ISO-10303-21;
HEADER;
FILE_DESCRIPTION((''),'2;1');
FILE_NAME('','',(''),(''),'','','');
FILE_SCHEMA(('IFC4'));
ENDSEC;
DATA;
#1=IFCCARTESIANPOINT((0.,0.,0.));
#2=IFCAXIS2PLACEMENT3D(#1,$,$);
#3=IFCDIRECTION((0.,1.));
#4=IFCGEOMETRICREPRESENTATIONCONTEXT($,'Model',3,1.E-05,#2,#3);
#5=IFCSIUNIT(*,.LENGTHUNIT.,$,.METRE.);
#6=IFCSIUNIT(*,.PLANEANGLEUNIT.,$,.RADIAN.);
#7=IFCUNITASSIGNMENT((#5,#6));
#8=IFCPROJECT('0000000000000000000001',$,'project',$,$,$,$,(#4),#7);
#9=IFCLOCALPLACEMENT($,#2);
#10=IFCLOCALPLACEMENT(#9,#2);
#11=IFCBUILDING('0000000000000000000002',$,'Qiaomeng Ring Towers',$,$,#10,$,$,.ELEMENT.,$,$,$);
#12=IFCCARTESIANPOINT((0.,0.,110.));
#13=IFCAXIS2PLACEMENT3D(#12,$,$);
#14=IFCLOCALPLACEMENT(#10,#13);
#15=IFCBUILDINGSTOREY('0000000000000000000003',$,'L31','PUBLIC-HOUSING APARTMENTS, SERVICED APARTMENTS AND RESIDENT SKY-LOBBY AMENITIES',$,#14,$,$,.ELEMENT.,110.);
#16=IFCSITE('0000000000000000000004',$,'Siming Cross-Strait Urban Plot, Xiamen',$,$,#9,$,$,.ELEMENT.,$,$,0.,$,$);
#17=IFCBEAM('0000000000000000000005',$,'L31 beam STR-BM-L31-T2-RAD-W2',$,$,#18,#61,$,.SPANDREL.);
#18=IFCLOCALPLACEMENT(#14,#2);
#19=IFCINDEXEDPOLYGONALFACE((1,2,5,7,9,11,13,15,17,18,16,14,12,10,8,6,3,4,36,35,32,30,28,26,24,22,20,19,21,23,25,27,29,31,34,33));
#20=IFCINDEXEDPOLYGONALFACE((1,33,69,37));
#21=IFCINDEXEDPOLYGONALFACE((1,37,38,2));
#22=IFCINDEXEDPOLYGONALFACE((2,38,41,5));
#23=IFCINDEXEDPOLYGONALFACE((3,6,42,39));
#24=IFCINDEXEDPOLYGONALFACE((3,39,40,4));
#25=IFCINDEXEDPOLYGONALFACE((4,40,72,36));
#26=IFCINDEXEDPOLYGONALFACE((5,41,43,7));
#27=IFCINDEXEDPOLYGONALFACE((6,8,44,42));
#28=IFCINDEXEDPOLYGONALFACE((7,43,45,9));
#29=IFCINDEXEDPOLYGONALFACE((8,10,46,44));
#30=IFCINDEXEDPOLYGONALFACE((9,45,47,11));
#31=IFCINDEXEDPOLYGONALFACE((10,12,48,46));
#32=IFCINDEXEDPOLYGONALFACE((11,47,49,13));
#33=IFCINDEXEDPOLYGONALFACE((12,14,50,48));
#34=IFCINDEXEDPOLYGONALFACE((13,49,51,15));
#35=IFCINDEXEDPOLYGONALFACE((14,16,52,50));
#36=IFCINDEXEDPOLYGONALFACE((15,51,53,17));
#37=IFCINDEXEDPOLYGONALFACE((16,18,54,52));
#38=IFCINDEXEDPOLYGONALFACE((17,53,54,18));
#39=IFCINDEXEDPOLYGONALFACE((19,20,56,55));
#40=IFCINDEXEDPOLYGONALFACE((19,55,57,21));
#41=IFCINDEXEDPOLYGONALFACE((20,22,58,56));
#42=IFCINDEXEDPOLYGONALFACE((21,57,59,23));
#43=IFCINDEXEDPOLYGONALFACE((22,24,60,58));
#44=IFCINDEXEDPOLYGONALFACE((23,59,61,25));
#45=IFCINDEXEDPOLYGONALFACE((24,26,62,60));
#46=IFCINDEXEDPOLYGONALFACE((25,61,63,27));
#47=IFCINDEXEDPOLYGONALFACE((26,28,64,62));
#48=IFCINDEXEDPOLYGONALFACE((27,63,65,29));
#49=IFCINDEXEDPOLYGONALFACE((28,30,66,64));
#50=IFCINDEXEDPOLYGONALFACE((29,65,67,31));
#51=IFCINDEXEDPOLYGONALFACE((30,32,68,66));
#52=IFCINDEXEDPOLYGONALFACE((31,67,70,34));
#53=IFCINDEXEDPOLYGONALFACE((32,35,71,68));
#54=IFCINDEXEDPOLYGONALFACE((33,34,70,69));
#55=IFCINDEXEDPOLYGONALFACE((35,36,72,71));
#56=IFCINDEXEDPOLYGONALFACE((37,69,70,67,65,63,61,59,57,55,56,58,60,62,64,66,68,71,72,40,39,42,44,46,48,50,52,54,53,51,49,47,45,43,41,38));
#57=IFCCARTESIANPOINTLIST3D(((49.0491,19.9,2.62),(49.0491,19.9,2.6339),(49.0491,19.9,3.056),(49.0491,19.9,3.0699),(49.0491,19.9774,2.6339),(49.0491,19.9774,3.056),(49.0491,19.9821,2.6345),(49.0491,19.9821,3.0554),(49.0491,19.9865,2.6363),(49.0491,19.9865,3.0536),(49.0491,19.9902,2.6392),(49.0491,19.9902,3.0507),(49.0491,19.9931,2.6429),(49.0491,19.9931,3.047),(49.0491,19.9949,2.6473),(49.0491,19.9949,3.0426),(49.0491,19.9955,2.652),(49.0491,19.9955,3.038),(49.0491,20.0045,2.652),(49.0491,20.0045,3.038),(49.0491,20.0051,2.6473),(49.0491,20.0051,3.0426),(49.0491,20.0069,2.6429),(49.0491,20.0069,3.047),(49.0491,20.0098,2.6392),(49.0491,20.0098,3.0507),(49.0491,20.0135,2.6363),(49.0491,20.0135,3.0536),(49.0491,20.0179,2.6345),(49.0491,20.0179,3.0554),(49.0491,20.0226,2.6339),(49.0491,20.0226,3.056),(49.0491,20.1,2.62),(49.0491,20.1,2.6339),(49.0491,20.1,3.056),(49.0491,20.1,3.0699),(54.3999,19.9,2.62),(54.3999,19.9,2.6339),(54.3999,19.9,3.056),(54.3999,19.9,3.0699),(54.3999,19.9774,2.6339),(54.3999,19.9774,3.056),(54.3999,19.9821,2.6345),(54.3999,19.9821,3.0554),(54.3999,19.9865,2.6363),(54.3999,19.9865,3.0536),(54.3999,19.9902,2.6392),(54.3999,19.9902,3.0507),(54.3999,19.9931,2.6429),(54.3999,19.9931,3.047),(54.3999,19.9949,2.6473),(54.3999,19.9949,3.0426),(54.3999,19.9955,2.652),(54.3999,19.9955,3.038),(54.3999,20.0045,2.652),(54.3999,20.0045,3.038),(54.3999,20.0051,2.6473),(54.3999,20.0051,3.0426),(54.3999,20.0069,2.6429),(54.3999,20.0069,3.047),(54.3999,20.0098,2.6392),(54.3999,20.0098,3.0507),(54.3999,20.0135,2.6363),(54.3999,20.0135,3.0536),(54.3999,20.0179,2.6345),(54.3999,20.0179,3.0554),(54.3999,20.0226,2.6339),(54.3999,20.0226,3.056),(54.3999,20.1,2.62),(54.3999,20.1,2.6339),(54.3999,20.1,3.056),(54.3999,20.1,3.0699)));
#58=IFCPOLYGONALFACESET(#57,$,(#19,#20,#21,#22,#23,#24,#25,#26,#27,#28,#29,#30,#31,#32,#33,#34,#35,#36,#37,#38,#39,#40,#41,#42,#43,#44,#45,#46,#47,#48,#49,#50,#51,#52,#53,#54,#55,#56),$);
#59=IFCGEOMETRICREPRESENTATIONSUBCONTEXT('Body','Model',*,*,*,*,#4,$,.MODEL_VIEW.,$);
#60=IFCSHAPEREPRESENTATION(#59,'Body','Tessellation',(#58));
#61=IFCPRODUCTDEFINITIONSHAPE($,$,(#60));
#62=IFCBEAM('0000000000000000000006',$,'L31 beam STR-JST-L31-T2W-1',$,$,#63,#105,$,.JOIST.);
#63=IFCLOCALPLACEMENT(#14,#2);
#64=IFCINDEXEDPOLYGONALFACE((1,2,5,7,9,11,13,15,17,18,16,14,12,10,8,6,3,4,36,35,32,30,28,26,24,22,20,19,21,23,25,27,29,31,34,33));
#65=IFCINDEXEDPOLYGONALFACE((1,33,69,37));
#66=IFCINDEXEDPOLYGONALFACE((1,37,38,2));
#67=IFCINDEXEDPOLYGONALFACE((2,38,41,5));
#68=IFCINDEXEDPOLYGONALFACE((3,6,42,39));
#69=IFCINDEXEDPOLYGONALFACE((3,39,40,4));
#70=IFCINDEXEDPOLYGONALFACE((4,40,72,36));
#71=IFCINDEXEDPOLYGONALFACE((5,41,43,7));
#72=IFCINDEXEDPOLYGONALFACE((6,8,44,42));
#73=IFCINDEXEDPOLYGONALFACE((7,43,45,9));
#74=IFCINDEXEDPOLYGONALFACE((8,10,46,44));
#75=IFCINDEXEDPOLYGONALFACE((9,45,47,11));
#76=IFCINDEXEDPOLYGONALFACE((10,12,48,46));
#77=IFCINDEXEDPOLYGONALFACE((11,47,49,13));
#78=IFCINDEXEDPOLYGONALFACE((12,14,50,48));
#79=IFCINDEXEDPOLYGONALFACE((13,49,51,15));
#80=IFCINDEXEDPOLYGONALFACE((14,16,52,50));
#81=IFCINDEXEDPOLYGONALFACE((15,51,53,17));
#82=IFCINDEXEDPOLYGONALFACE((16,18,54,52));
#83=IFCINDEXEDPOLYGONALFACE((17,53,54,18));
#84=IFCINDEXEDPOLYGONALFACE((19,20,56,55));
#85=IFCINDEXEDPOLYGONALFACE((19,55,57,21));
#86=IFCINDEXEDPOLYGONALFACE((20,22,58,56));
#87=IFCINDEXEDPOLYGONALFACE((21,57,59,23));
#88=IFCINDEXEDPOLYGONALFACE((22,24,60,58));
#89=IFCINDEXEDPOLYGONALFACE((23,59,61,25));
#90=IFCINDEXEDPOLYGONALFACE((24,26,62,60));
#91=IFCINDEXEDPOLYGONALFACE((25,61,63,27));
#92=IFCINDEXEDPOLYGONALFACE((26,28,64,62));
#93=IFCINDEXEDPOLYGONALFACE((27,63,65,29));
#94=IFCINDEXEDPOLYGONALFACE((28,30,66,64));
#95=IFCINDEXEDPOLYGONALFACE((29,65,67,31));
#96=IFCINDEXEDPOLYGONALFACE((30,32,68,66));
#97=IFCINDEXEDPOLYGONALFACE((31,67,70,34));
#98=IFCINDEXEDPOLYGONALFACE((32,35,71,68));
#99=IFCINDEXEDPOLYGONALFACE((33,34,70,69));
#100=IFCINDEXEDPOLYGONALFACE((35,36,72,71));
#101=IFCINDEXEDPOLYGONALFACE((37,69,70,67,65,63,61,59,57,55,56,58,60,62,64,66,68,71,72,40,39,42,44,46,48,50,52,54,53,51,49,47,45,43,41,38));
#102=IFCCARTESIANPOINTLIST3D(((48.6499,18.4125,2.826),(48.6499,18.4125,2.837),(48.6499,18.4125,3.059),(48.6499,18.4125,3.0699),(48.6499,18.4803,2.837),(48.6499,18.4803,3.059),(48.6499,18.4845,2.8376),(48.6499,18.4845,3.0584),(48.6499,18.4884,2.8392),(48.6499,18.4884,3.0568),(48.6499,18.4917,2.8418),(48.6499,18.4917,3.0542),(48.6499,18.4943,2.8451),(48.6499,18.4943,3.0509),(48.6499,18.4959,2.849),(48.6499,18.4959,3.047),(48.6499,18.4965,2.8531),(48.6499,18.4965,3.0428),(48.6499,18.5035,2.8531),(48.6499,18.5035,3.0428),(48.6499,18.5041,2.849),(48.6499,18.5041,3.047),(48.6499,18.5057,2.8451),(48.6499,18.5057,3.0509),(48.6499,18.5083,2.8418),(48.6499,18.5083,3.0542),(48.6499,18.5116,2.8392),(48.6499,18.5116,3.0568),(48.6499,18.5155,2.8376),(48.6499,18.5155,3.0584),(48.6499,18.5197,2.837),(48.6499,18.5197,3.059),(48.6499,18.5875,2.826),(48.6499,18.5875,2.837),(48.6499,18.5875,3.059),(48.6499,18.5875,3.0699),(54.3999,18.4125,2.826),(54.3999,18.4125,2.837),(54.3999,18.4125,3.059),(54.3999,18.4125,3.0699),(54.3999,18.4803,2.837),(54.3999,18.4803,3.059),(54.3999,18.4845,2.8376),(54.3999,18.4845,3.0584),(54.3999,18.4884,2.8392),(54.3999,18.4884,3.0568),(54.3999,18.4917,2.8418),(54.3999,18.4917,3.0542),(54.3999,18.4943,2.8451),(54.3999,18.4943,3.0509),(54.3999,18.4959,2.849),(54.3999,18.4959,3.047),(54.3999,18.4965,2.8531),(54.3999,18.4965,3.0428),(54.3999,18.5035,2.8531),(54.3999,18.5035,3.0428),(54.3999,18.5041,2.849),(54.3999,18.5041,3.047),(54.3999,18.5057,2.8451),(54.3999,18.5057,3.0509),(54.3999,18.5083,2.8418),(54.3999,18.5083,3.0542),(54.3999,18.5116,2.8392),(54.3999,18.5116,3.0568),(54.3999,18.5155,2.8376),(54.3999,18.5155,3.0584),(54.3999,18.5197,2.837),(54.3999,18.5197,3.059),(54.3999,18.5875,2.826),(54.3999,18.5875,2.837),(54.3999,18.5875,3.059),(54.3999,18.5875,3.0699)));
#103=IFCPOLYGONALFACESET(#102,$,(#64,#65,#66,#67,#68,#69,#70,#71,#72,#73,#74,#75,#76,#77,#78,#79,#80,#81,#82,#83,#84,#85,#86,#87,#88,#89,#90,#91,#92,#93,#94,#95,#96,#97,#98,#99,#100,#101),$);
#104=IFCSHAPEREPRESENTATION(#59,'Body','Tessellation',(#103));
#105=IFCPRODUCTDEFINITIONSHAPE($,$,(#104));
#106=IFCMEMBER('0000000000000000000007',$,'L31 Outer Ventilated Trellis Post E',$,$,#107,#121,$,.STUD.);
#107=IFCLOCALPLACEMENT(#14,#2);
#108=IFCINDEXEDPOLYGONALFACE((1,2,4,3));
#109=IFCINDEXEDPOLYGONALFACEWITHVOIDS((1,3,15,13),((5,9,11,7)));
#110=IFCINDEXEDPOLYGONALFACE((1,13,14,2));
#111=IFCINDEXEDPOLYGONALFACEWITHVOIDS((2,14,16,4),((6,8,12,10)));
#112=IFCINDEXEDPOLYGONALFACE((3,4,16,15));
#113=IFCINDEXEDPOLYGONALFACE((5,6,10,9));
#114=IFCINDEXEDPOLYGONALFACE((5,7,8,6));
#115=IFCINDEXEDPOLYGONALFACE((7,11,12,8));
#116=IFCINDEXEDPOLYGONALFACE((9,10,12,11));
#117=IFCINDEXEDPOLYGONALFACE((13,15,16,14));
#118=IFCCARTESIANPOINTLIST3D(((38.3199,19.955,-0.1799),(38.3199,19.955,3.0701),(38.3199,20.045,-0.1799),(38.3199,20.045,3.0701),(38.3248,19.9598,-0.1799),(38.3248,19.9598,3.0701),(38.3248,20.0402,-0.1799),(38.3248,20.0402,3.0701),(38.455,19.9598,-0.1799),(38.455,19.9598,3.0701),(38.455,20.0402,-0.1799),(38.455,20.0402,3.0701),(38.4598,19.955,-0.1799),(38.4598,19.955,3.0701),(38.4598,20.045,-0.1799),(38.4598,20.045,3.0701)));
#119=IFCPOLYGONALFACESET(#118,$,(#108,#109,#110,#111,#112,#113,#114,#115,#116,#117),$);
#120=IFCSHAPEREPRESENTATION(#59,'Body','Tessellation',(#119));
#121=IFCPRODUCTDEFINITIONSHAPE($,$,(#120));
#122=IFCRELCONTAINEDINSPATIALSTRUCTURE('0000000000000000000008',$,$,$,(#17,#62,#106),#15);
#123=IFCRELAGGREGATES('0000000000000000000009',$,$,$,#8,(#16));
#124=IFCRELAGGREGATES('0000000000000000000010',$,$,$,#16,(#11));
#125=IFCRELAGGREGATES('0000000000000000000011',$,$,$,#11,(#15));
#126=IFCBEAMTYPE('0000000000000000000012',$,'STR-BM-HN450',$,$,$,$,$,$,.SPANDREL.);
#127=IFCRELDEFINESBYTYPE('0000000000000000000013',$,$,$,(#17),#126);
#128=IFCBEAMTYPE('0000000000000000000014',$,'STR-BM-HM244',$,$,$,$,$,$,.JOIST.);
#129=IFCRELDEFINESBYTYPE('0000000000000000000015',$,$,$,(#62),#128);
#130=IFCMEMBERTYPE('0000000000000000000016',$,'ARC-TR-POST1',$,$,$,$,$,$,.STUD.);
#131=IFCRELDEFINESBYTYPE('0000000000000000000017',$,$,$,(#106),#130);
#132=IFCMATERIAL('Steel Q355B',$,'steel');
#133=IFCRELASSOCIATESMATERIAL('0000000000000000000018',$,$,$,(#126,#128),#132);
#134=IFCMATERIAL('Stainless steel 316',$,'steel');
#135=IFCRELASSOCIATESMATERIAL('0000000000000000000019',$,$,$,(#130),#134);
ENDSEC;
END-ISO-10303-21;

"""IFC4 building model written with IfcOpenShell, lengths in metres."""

from ifc_helpers import new_model, si_unit, direction, frame, origin, origin_2d, place, context, subcontext, project, spatial, hollow_rectangle, i_section, extrude, source, transform, mapped, material, material_profile, profile_set, type_object, element, save


model = new_model("IFC4")

# Units and contexts
model_context = context("Model", 3, precision=1e-05, world=origin(), true_north=direction((0.0, 1.0)))
body_context = subcontext(model_context, "Body", "Model", "MODEL_VIEW")
ifc_project = project(units=[si_unit("LENGTHUNIT", "METRE"), si_unit("PLANEANGLEUNIT", "RADIAN")], contexts=[model_context])

# Site, building, storey
site_placement = place(None, origin())
site = spatial("IfcSite", under=ifc_project, at=site_placement, Name="Siming Cross-Strait Urban Plot, Xiamen", CompositionType="ELEMENT", RefElevation=0.0)
building_placement = place(site_placement, origin())
building = spatial("IfcBuilding", under=site, at=building_placement, Name="Qiaomeng Ring Towers", CompositionType="ELEMENT")
storey_placement = place(building_placement, frame((0.0, 0.0, 110.0)))
storey = spatial("IfcBuildingStorey", under=building, at=storey_placement, Name="L31", Description="PUBLIC-HOUSING APARTMENTS, SERVICED APARTMENTS AND RESIDENT SKY-LOBBY AMENITIES", CompositionType="ELEMENT", Elevation=110.0)

# Beams
ifc_material_1 = material(Name="Steel Q355B", Category="steel")
ifc_material_profile_1 = material_profile(ifc_material_1, i_section(OverallWidth=0.2, OverallDepth=0.45, WebThickness=0.009, FlangeThickness=0.0139, FilletRadius=0.0181, at=origin_2d()), Name="HN 450x200x9x14")
ifc_profile_set_1 = profile_set([ifc_material_profile_1], Name="Steel Q355B")
beam_type_1 = type_object("IfcBeamType", Name="STR-BM-HN450", PredefinedType="SPANDREL", material=ifc_profile_set_1)
shared_shape_1 = source(origin(), body_context, "Body", "SweptSolid", [
    extrude(i_section(OverallWidth=0.2, OverallDepth=0.45, WebThickness=0.009, FlangeThickness=0.0139, FilletRadius=0.0181, at=origin_2d()), origin(), (0.0, 0.0, 1.0), 5.3508),
])
beam_1_placement = place(storey_placement, frame((49.0491, 20.0, 2.845), z_axis=(1.0, 0.0, 0.0), x_axis=(0.0, 1.0, 0.0)))
element("IfcBeam", 1, at=beam_1_placement, inside=storey, type_object=beam_type_1, Name="L31 beam STR-BM-L31-T2-RAD-W2", PredefinedType="SPANDREL", context=body_context, shape_type="MappedRepresentation", body=[
    mapped(shared_shape_1, transform((0.0, 0.0, 0.0), x_axis=(1.0, 0.0, 0.0), y_axis=(0.0, 1.0, 0.0), z_axis=(0.0, 0.0, 1.0), scale=1.0)),
])
ifc_material_profile_2 = material_profile(ifc_material_1, i_section(OverallWidth=0.175, OverallDepth=0.2439, WebThickness=0.0071, FlangeThickness=0.011, FilletRadius=0.0161, at=origin_2d()), Name="HM 244x175x7x11")
ifc_profile_set_2 = profile_set([ifc_material_profile_2], Name="Steel Q355B")
beam_type_2 = type_object("IfcBeamType", Name="STR-BM-HM244", PredefinedType="JOIST", material=ifc_profile_set_2)
shared_shape_2 = source(origin(), body_context, "Body", "SweptSolid", [
    extrude(i_section(OverallWidth=0.175, OverallDepth=0.2439, WebThickness=0.0071, FlangeThickness=0.011, FilletRadius=0.0161, at=origin_2d()), origin(), (0.0, 0.0, 1.0), 5.75),
])
beam_2_placement = place(storey_placement, frame((48.6499, 18.5, 2.948), z_axis=(1.0, 0.0, 0.0), x_axis=(0.0, 1.0, 0.0)))
element("IfcBeam", 2, at=beam_2_placement, inside=storey, type_object=beam_type_2, Name="L31 beam STR-JST-L31-T2W-1", PredefinedType="JOIST", context=body_context, shape_type="MappedRepresentation", body=[
    mapped(shared_shape_2, transform((0.0, 0.0, 0.0), x_axis=(1.0, 0.0, 0.0), y_axis=(0.0, 1.0, 0.0), z_axis=(0.0, 0.0, 1.0), scale=1.0)),
])

# Member
ifc_material_2 = material(Name="Stainless steel 316", Category="steel")
ifc_material_profile_3 = material_profile(ifc_material_2, hollow_rectangle(XDim=0.0901, YDim=0.1399, WallThickness=0.0049, at=origin_2d()), Name="SS TRELLIS 90x140")
ifc_profile_set_3 = profile_set([ifc_material_profile_3], Name="Stainless steel 316")
member_type = type_object("IfcMemberType", Name="ARC-TR-POST1", PredefinedType="STUD", material=ifc_profile_set_3)
shared_shape_3 = source(origin(), body_context, "Body", "SweptSolid", [
    extrude(hollow_rectangle(XDim=0.0901, YDim=0.1399, WallThickness=0.0049, at=origin_2d()), origin(), (0.0, 0.0, 1.0), 3.25),
])
member_placement = place(storey_placement, frame((38.3899, 20.0, -0.1799), z_axis=(0.0, 0.0, 1.0), x_axis=(0.0, 1.0, 0.0)))
element("IfcMember", 3, at=member_placement, inside=storey, type_object=member_type, Name="L31 Outer Ventilated Trellis Post E", PredefinedType="STUD", context=body_context, shape_type="MappedRepresentation", body=[
    mapped(shared_shape_3, transform((0.0, 0.0, 0.0), x_axis=(1.0, 0.0, 0.0), y_axis=(0.0, 1.0, 0.0), z_axis=(0.0, 0.0, 1.0), scale=1.0)),
])

save(model, "model.ifc")
